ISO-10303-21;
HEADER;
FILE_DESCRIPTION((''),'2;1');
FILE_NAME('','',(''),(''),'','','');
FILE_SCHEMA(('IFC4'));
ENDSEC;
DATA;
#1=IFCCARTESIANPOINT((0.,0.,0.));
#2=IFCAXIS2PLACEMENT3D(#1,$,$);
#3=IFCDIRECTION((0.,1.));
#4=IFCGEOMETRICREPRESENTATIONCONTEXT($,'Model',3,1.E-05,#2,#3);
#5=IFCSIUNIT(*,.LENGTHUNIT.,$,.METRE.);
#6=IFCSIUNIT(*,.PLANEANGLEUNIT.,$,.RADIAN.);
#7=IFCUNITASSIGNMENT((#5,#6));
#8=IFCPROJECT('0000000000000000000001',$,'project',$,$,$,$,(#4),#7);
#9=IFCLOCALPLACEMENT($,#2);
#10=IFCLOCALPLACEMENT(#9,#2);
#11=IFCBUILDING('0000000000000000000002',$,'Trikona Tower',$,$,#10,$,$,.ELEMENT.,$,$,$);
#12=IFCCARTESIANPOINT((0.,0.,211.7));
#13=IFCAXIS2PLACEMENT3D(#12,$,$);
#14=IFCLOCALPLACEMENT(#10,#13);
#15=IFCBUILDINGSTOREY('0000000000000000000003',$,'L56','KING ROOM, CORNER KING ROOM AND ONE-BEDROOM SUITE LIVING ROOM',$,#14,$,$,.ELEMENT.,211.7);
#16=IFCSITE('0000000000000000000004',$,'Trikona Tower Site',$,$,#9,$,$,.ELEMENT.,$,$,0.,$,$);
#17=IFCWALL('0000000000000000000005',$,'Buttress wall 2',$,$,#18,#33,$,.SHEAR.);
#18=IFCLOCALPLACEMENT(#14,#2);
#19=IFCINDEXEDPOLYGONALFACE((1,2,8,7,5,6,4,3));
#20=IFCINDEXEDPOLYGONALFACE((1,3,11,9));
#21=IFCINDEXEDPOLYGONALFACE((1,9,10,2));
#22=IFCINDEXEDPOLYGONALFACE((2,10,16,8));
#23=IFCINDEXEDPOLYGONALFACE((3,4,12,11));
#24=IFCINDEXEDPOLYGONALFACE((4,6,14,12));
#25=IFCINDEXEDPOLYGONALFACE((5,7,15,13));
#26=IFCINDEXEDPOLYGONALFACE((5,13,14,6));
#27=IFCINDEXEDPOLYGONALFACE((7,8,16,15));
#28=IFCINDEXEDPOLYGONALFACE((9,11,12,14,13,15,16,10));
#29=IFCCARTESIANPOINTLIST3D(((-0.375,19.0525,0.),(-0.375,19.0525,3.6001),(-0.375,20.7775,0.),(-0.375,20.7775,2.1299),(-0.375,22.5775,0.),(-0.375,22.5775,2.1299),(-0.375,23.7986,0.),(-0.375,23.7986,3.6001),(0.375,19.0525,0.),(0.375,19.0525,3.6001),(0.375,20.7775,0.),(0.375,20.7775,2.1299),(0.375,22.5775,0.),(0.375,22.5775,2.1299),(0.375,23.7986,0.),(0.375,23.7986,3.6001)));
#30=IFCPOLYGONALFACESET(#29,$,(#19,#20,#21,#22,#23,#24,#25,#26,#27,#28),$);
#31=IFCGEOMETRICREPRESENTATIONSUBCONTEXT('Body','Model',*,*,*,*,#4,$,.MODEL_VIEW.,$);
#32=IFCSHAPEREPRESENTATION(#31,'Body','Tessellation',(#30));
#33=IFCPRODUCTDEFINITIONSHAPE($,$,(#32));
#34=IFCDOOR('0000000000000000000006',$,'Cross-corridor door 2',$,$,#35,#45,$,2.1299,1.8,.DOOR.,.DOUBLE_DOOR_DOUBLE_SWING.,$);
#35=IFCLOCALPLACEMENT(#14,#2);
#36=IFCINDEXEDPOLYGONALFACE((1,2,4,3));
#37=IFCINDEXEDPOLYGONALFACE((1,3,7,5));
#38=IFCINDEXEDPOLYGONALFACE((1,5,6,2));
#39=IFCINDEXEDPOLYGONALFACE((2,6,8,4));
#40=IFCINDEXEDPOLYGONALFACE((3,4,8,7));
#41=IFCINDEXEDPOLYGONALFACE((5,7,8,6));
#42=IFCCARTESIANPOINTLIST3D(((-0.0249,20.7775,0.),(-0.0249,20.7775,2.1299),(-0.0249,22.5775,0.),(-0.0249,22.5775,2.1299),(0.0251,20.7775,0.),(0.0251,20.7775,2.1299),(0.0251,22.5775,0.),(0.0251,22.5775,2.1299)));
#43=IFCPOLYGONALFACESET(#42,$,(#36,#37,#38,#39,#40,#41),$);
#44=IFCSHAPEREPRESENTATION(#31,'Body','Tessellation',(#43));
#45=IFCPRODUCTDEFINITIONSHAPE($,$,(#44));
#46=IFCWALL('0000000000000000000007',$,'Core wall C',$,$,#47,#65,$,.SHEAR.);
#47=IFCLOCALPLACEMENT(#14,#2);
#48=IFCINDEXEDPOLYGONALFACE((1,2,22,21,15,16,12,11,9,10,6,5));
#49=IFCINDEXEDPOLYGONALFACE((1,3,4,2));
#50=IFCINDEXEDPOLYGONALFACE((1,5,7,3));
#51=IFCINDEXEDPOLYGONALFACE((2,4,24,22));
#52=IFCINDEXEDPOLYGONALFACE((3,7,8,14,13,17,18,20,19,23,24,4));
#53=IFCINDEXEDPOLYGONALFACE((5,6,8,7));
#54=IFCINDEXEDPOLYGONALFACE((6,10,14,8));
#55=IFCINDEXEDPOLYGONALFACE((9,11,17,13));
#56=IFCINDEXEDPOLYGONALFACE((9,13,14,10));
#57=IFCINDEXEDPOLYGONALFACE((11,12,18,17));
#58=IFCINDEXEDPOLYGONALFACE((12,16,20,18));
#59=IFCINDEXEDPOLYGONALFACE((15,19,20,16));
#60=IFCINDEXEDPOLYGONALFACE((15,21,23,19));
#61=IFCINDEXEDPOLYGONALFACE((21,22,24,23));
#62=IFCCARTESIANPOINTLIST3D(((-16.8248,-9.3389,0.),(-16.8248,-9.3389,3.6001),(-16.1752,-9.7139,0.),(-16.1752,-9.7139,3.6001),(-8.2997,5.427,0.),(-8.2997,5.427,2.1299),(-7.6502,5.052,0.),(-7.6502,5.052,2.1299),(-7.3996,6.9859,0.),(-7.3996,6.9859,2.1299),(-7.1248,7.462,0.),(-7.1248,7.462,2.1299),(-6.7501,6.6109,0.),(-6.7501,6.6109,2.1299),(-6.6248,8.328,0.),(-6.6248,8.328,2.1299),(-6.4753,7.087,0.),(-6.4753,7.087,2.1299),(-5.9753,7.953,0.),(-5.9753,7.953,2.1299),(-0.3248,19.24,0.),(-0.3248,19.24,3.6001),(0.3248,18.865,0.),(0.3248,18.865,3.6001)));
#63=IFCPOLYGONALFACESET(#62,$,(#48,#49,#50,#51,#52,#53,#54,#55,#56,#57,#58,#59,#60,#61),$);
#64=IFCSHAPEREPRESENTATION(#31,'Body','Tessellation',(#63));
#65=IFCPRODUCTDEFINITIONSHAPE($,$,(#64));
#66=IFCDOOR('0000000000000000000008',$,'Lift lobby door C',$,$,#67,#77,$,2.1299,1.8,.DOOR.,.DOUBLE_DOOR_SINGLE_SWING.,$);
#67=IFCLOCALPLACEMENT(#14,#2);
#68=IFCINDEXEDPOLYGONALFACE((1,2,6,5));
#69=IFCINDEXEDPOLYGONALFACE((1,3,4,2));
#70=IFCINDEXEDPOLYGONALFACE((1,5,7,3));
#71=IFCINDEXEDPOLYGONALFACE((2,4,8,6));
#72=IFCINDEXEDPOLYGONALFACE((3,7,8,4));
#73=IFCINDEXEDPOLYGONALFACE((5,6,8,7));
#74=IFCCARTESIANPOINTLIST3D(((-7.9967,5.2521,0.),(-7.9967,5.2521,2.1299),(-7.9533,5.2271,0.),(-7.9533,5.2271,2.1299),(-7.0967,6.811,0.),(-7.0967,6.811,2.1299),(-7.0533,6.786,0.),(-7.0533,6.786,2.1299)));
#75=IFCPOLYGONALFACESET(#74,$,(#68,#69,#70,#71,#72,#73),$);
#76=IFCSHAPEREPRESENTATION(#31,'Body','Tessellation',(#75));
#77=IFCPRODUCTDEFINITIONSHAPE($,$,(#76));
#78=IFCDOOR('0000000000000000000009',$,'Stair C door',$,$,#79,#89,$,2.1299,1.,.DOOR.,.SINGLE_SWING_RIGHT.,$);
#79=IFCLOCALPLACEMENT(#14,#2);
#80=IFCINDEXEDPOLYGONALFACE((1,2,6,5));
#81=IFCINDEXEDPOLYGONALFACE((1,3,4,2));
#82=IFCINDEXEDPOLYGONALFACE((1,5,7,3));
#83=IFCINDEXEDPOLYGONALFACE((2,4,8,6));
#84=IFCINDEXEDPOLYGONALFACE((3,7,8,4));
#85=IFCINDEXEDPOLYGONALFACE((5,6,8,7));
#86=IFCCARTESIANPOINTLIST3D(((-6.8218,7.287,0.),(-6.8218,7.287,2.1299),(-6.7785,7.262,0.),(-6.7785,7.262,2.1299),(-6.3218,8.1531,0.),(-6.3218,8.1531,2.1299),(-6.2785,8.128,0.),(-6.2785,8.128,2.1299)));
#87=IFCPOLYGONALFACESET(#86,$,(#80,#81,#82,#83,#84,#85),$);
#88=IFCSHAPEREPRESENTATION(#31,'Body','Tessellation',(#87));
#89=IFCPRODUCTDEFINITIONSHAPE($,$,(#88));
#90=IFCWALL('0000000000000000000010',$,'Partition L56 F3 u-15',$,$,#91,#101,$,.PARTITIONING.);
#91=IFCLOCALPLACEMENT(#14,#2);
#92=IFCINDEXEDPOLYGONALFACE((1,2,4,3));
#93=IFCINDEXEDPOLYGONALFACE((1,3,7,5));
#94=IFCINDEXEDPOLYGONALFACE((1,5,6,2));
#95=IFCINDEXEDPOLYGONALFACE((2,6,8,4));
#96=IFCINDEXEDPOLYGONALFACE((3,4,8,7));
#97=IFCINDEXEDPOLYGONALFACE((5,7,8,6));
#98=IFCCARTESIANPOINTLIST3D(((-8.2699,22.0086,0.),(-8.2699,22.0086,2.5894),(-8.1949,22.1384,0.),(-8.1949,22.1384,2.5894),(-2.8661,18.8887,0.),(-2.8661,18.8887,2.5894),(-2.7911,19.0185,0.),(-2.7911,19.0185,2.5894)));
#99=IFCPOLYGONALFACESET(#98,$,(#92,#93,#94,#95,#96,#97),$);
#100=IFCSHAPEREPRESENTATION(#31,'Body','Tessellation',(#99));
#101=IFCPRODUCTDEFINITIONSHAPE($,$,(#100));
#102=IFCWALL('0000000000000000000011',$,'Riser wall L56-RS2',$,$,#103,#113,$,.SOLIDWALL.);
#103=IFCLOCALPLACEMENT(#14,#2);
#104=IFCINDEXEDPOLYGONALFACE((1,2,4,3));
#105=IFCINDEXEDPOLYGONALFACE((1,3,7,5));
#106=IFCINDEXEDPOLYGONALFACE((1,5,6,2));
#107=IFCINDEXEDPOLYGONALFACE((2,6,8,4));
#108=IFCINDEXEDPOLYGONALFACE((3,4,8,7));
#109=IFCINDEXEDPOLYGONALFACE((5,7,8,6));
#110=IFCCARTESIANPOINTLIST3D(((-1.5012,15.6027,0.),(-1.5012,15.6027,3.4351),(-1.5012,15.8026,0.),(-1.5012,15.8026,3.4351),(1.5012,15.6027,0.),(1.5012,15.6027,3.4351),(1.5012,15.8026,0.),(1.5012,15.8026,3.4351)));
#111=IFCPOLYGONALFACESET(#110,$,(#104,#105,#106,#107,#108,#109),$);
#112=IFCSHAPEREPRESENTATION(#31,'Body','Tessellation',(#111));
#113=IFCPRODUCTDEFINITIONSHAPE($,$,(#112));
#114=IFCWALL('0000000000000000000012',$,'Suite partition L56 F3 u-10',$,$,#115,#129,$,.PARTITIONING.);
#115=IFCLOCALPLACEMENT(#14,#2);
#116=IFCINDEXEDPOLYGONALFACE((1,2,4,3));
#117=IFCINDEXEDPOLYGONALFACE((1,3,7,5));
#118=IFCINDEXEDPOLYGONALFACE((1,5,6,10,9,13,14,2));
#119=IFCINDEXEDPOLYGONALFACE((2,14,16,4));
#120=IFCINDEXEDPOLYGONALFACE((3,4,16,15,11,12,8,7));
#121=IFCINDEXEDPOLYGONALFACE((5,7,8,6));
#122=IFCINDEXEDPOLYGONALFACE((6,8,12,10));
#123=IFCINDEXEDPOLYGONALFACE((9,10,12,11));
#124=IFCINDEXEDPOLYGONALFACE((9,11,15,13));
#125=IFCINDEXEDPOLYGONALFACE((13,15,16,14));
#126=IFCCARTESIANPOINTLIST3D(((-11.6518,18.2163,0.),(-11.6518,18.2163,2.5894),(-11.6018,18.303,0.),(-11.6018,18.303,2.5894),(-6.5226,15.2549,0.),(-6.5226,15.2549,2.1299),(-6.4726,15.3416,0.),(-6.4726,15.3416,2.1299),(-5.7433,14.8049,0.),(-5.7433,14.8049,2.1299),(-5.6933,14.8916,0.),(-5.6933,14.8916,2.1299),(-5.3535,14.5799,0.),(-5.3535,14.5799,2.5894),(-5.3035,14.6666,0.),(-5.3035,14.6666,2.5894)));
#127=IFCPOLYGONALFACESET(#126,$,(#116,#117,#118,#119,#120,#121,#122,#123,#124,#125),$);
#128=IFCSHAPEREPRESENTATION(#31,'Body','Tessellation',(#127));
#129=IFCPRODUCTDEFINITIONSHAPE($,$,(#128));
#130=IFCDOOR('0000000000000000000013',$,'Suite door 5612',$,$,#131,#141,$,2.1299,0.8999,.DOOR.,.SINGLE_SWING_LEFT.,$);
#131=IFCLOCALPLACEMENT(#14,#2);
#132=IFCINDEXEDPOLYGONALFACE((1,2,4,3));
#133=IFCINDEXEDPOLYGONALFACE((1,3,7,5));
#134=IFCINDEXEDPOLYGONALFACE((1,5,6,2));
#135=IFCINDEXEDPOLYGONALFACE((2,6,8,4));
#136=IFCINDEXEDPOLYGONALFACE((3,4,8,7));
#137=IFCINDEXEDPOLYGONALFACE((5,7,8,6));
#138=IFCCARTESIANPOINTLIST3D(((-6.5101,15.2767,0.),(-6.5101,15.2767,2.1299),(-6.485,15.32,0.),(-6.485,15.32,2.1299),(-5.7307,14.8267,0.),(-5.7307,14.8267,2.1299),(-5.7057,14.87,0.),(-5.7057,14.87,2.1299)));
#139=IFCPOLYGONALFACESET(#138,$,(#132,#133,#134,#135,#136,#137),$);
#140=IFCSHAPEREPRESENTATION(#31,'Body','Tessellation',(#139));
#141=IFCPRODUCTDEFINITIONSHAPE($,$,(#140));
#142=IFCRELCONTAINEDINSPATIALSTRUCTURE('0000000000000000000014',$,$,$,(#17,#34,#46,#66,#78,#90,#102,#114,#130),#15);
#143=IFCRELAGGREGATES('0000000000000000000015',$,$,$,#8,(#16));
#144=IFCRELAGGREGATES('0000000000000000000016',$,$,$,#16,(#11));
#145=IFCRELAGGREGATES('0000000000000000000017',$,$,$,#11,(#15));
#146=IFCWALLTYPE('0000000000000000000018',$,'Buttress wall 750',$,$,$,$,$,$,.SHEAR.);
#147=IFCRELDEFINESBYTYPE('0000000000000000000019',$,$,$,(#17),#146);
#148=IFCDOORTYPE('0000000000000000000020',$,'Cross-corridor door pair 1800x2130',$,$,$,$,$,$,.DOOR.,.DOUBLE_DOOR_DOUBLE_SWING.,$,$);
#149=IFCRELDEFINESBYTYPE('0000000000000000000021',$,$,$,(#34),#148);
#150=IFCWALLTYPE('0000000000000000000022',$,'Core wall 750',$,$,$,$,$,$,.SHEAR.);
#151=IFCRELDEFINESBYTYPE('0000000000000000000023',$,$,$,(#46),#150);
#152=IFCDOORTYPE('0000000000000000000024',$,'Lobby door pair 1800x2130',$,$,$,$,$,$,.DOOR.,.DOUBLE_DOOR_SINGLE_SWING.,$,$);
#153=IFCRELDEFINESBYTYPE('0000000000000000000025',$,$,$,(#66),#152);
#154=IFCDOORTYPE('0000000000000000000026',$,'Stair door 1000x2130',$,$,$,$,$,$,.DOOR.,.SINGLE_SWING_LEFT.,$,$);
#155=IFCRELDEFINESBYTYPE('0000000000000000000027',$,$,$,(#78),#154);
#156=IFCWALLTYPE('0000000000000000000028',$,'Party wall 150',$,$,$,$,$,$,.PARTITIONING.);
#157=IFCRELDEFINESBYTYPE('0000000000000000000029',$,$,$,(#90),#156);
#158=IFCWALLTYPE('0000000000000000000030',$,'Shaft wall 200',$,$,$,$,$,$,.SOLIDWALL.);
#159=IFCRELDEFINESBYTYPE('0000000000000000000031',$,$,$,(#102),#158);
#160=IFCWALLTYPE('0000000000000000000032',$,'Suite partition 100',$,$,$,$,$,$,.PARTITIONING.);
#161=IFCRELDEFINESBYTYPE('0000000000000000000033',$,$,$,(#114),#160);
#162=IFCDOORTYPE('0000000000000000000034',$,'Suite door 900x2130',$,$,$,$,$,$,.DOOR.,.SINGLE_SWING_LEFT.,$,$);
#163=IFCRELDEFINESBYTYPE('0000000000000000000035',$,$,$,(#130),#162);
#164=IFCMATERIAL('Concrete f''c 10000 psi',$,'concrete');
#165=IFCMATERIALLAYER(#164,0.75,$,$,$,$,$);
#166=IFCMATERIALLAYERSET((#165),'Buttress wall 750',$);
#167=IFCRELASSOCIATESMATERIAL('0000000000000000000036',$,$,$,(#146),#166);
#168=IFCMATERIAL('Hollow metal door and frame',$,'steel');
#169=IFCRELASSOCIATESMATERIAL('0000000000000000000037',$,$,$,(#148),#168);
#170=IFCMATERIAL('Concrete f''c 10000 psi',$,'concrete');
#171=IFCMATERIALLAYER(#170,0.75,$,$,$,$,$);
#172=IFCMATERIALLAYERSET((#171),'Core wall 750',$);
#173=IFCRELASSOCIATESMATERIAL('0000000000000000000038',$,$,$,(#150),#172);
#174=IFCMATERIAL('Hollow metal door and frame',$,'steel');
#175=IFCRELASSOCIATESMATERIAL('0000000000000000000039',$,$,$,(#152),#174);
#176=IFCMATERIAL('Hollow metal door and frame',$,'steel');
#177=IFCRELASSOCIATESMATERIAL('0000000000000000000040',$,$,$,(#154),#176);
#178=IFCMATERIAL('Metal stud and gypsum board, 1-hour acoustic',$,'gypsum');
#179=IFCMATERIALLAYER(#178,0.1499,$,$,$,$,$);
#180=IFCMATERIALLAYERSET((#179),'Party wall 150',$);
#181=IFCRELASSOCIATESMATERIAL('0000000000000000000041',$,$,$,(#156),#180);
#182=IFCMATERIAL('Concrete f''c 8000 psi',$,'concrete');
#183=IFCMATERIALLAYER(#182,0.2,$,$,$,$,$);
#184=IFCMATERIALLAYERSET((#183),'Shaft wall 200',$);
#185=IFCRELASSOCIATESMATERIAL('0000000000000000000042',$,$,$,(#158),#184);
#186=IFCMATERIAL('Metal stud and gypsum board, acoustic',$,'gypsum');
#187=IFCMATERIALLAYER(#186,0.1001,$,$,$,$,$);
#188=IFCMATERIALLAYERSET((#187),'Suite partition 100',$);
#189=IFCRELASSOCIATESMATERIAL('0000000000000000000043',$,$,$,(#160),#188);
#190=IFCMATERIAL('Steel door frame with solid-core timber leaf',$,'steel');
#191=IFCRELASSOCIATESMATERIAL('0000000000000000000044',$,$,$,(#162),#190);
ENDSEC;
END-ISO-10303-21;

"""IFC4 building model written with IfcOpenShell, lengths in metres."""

from ifc_helpers import new_model, si_unit, direction, frame, frame_2d, origin, place, context, subcontext, project, spatial, rectangle, extrude, material, layer, layer_set, type_object, element, fill, save


model = new_model("IFC4")

# Units and contexts
model_context = context("Model", 3, precision=1e-05, world=origin(), true_north=direction((0.0, 1.0)))
body_context = subcontext(model_context, "Body", "Model", "MODEL_VIEW")
ifc_project = project(units=[si_unit("LENGTHUNIT", "METRE"), si_unit("PLANEANGLEUNIT", "RADIAN")], contexts=[model_context])

# Site, building, storey
site_placement = place(None, origin())
site = spatial("IfcSite", under=ifc_project, at=site_placement, Name="Trikona Tower Site", CompositionType="ELEMENT", RefElevation=0.0)
building_placement = place(site_placement, origin())
building = spatial("IfcBuilding", under=site, at=building_placement, Name="Trikona Tower", CompositionType="ELEMENT")
storey_placement = place(building_placement, frame((0.0, 0.0, 211.7)))
storey = spatial("IfcBuildingStorey", under=building, at=storey_placement, Name="L56", Description="KING ROOM, CORNER KING ROOM AND ONE-BEDROOM SUITE LIVING ROOM", CompositionType="ELEMENT", Elevation=211.7)

# Wall, opening, door
ifc_material_1 = material(Name="Concrete f'c 10000 psi", Category="concrete")
ifc_layer_1 = layer(ifc_material_1, 0.75)
ifc_layer_set_1 = layer_set([ifc_layer_1], Name="Buttress wall 750")
wall_type_1 = type_object("IfcWallType", Name="Buttress wall 750", PredefinedType="SHEAR", material=ifc_layer_set_1)
wall_1_placement = place(storey_placement, frame((0.0, 19.0525, 0.0), z_axis=(0.0, 0.0, 1.0), x_axis=(0.0, 1.0, 0.0)))
wall_1 = element("IfcWall", 1, at=wall_1_placement, inside=storey, type_object=wall_type_1, Name="Buttress wall 2", PredefinedType="SHEAR", context=body_context, shape_type="SweptSolid", body=[
    extrude(rectangle(XDim=4.7461, YDim=0.75, at=frame_2d((2.373, 0.0))), origin(), (0.0, 0.0, 1.0), 3.6001),
])
opening_1_placement = place(wall_1_placement, frame((1.7251, 0.0, 0.0)))
opening_1 = element("IfcOpeningElement", 2, at=opening_1_placement, cuts=wall_1, PredefinedType="OPENING", context=body_context, shape_type="SweptSolid", body=[
    extrude(rectangle(XDim=1.8, YDim=2.1299, at=frame_2d((0.8999, 1.0649))), frame((0.0, 0.385, 0.0), z_axis=(0.0, -1.0, 0.0), x_axis=(1.0, 0.0, 0.0)), (0.0, 0.0, 1.0), 0.77),
])
ifc_material_2 = material(Name="Hollow metal door and frame", Category="steel")
door_type_1 = type_object("IfcDoorType", Name="Cross-corridor door pair 1800x2130", OperationType="DOUBLE_DOOR_DOUBLE_SWING", PredefinedType="DOOR", material=ifc_material_2)
door_1_placement = place(opening_1_placement, origin())
door_1 = element("IfcDoor", 3, at=door_1_placement, inside=storey, type_object=door_type_1, Name="Cross-corridor door 2", OperationType="DOUBLE_DOOR_DOUBLE_SWING", OverallHeight=2.1299, OverallWidth=1.8, PredefinedType="DOOR", context=body_context, shape_type="SweptSolid", body=[
    extrude(rectangle(XDim=1.8, YDim=2.1299, at=frame_2d((0.8999, 1.0649))), frame((0.0, 0.0249, 0.0), z_axis=(0.0, -1.0, 0.0), x_axis=(1.0, 0.0, 0.0)), (0.0, 0.0, 1.0), 0.05),
])
fill(opening_1, door_1)

# Wall, openings, doors
ifc_material_3 = material(Name="Concrete f'c 10000 psi", Category="concrete")
ifc_layer_2 = layer(ifc_material_3, 0.75)
ifc_layer_set_2 = layer_set([ifc_layer_2], Name="Core wall 750")
wall_type_2 = type_object("IfcWallType", Name="Core wall 750", PredefinedType="SHEAR", material=ifc_layer_set_2)
wall_2_placement = place(storey_placement, frame((0.0, 19.0525, 0.0), z_axis=(0.0, 0.0, 1.0), x_axis=(-0.5, -0.866026, 0.0)))
wall_2 = element("IfcWall", 4, at=wall_2_placement, inside=storey, type_object=wall_type_2, Name="Core wall C", PredefinedType="SHEAR", context=body_context, shape_type="SweptSolid", body=[
    extrude(rectangle(XDim=33.0, YDim=0.75, at=frame_2d((16.5, 0.0))), origin(), (0.0, 0.0, 1.0), 3.6001),
])
opening_2_placement = place(wall_2_placement, frame((14.1499, 0.0, 0.0)))
opening_2 = element("IfcOpeningElement", 5, at=opening_2_placement, cuts=wall_2, PredefinedType="OPENING", context=body_context, shape_type="SweptSolid", body=[
    extrude(rectangle(XDim=1.8, YDim=2.1299, at=frame_2d((0.8999, 1.0649))), frame((0.0, 0.385, 0.0), z_axis=(0.0, -1.0, 0.0), x_axis=(1.0, 0.0, 0.0)), (0.0, 0.0, 1.0), 0.77),
])
opening_3_placement = place(wall_2_placement, frame((12.6001, 0.0, 0.0)))
opening_3 = element("IfcOpeningElement", 6, at=opening_3_placement, cuts=wall_2, PredefinedType="OPENING", context=body_context, shape_type="SweptSolid", body=[
    extrude(rectangle(XDim=1.0, YDim=2.1299, at=frame_2d((0.5, 1.0649))), frame((0.0, 0.385, 0.0), z_axis=(0.0, -1.0, 0.0), x_axis=(1.0, 0.0, 0.0)), (0.0, 0.0, 1.0), 0.77),
])
ifc_material_4 = material(Name="Hollow metal door and frame", Category="steel")
door_type_2 = type_object("IfcDoorType", Name="Lobby door pair 1800x2130", OperationType="DOUBLE_DOOR_SINGLE_SWING", PredefinedType="DOOR", material=ifc_material_4)
door_2_placement = place(opening_2_placement, origin())
door_2 = element("IfcDoor", 7, at=door_2_placement, inside=storey, type_object=door_type_2, Name="Lift lobby door C", OperationType="DOUBLE_DOOR_SINGLE_SWING", OverallHeight=2.1299, OverallWidth=1.8, PredefinedType="DOOR", context=body_context, shape_type="SweptSolid", body=[
    extrude(rectangle(XDim=1.8, YDim=2.1299, at=frame_2d((0.8999, 1.0649))), frame((0.0, 0.0249, 0.0), z_axis=(0.0, -1.0, 0.0), x_axis=(1.0, 0.0, 0.0)), (0.0, 0.0, 1.0), 0.05),
])
fill(opening_2, door_2)
ifc_material_5 = material(Name="Hollow metal door and frame", Category="steel")
door_type_3 = type_object("IfcDoorType", Name="Stair door 1000x2130", OperationType="SINGLE_SWING_LEFT", PredefinedType="DOOR", material=ifc_material_5)
door_3_placement = place(opening_3_placement, origin())
door_3 = element("IfcDoor", 8, at=door_3_placement, inside=storey, type_object=door_type_3, Name="Stair C door", OperationType="SINGLE_SWING_RIGHT", OverallHeight=2.1299, OverallWidth=1.0, PredefinedType="DOOR", context=body_context, shape_type="SweptSolid", body=[
    extrude(rectangle(XDim=1.0, YDim=2.1299, at=frame_2d((0.5, 1.0649))), frame((0.0, 0.0249, 0.0), z_axis=(0.0, -1.0, 0.0), x_axis=(1.0, 0.0, 0.0)), (0.0, 0.0, 1.0), 0.05),
])
fill(opening_3, door_3)

# Walls
ifc_material_6 = material(Name="Metal stud and gypsum board, 1-hour acoustic", Category="gypsum")
ifc_layer_3 = layer(ifc_material_6, 0.1499)
ifc_layer_set_3 = layer_set([ifc_layer_3], Name="Party wall 150")
wall_type_3 = type_object("IfcWallType", Name="Party wall 150", PredefinedType="PARTITIONING", material=ifc_layer_set_3)
wall_3_placement = place(storey_placement, frame((-2.8286, 18.9536, 0.0), z_axis=(0.0, 0.0, 1.0), x_axis=(-0.866027, 0.499998, 0.0)))
element("IfcWall", 9, at=wall_3_placement, inside=storey, type_object=wall_type_3, Name="Partition L56 F3 u-15", PredefinedType="PARTITIONING", context=body_context, shape_type="SweptSolid", body=[
    extrude(rectangle(XDim=6.2397, YDim=0.1499, at=frame_2d((3.1199, 0.0))), origin(), (0.0, 0.0, 1.0), 2.5894),
])
ifc_material_7 = material(Name="Concrete f'c 8000 psi", Category="concrete")
ifc_layer_4 = layer(ifc_material_7, 0.2)
ifc_layer_set_4 = layer_set([ifc_layer_4], Name="Shaft wall 200")
wall_type_4 = type_object("IfcWallType", Name="Shaft wall 200", PredefinedType="SOLIDWALL", material=ifc_layer_set_4)
wall_4_placement = place(storey_placement, frame((-1.5012, 15.7026, 0.0), z_axis=(0.0, 0.0, 1.0), x_axis=(1.0, 0.0, 0.0)))
element("IfcWall", 10, at=wall_4_placement, inside=storey, type_object=wall_type_4, Name="Riser wall L56-RS2", PredefinedType="SOLIDWALL", context=body_context, shape_type="SweptSolid", body=[
    extrude(rectangle(XDim=3.0024, YDim=0.2, at=frame_2d((1.5012, 0.0))), origin(), (0.0, 0.0, 1.0), 3.4351),
])

# Wall, opening, door
ifc_material_8 = material(Name="Metal stud and gypsum board, acoustic", Category="gypsum")
ifc_layer_5 = layer(ifc_material_8, 0.1001)
ifc_layer_set_5 = layer_set([ifc_layer_5], Name="Suite partition 100")
wall_type_5 = type_object("IfcWallType", Name="Suite partition 100", PredefinedType="PARTITIONING", material=ifc_layer_set_5)
wall_5_placement = place(storey_placement, frame((-5.3286, 14.6233, 0.0), z_axis=(0.0, 0.0, 1.0), x_axis=(-0.866018, 0.500013, 0.0)))
wall_5 = element("IfcWall", 11, at=wall_5_placement, inside=storey, type_object=wall_type_5, Name="Suite partition L56 F3 u-10", PredefinedType="PARTITIONING", context=body_context, shape_type="SweptSolid", body=[
    extrude(rectangle(XDim=7.2727, YDim=0.1001, at=frame_2d((3.6362, 0.0))), origin(), (0.0, 0.0, 1.0), 2.5894),
])
opening_4_placement = place(wall_5_placement, frame((0.45, 0.0, 0.0)))
opening_4 = element("IfcOpeningElement", 12, at=opening_4_placement, cuts=wall_5, PredefinedType="OPENING", context=body_context, shape_type="SweptSolid", body=[
    extrude(rectangle(XDim=0.8999, YDim=2.1299, at=frame_2d((0.45, 1.0649))), frame((0.0, 0.0601, 0.0), z_axis=(0.0, -1.0, 0.0), x_axis=(1.0, 0.0, 0.0)), (0.0, 0.0, 1.0), 0.1201),
])
ifc_material_9 = material(Name="Steel door frame with solid-core timber leaf", Category="steel")
door_type_4 = type_object("IfcDoorType", Name="Suite door 900x2130", OperationType="SINGLE_SWING_LEFT", PredefinedType="DOOR", material=ifc_material_9)
door_4_placement = place(opening_4_placement, origin())
door_4 = element("IfcDoor", 13, at=door_4_placement, inside=storey, type_object=door_type_4, Name="Suite door 5612", OperationType="SINGLE_SWING_LEFT", OverallHeight=2.1299, OverallWidth=0.8999, PredefinedType="DOOR", context=body_context, shape_type="SweptSolid", body=[
    extrude(rectangle(XDim=0.8999, YDim=2.1299, at=frame_2d((0.45, 1.0649))), frame((0.0, 0.0249, 0.0), z_axis=(0.0, -1.0, 0.0), x_axis=(1.0, 0.0, 0.0)), (0.0, 0.0, 1.0), 0.05),
])
fill(opening_4, door_4)

save(model, "model.ifc")
